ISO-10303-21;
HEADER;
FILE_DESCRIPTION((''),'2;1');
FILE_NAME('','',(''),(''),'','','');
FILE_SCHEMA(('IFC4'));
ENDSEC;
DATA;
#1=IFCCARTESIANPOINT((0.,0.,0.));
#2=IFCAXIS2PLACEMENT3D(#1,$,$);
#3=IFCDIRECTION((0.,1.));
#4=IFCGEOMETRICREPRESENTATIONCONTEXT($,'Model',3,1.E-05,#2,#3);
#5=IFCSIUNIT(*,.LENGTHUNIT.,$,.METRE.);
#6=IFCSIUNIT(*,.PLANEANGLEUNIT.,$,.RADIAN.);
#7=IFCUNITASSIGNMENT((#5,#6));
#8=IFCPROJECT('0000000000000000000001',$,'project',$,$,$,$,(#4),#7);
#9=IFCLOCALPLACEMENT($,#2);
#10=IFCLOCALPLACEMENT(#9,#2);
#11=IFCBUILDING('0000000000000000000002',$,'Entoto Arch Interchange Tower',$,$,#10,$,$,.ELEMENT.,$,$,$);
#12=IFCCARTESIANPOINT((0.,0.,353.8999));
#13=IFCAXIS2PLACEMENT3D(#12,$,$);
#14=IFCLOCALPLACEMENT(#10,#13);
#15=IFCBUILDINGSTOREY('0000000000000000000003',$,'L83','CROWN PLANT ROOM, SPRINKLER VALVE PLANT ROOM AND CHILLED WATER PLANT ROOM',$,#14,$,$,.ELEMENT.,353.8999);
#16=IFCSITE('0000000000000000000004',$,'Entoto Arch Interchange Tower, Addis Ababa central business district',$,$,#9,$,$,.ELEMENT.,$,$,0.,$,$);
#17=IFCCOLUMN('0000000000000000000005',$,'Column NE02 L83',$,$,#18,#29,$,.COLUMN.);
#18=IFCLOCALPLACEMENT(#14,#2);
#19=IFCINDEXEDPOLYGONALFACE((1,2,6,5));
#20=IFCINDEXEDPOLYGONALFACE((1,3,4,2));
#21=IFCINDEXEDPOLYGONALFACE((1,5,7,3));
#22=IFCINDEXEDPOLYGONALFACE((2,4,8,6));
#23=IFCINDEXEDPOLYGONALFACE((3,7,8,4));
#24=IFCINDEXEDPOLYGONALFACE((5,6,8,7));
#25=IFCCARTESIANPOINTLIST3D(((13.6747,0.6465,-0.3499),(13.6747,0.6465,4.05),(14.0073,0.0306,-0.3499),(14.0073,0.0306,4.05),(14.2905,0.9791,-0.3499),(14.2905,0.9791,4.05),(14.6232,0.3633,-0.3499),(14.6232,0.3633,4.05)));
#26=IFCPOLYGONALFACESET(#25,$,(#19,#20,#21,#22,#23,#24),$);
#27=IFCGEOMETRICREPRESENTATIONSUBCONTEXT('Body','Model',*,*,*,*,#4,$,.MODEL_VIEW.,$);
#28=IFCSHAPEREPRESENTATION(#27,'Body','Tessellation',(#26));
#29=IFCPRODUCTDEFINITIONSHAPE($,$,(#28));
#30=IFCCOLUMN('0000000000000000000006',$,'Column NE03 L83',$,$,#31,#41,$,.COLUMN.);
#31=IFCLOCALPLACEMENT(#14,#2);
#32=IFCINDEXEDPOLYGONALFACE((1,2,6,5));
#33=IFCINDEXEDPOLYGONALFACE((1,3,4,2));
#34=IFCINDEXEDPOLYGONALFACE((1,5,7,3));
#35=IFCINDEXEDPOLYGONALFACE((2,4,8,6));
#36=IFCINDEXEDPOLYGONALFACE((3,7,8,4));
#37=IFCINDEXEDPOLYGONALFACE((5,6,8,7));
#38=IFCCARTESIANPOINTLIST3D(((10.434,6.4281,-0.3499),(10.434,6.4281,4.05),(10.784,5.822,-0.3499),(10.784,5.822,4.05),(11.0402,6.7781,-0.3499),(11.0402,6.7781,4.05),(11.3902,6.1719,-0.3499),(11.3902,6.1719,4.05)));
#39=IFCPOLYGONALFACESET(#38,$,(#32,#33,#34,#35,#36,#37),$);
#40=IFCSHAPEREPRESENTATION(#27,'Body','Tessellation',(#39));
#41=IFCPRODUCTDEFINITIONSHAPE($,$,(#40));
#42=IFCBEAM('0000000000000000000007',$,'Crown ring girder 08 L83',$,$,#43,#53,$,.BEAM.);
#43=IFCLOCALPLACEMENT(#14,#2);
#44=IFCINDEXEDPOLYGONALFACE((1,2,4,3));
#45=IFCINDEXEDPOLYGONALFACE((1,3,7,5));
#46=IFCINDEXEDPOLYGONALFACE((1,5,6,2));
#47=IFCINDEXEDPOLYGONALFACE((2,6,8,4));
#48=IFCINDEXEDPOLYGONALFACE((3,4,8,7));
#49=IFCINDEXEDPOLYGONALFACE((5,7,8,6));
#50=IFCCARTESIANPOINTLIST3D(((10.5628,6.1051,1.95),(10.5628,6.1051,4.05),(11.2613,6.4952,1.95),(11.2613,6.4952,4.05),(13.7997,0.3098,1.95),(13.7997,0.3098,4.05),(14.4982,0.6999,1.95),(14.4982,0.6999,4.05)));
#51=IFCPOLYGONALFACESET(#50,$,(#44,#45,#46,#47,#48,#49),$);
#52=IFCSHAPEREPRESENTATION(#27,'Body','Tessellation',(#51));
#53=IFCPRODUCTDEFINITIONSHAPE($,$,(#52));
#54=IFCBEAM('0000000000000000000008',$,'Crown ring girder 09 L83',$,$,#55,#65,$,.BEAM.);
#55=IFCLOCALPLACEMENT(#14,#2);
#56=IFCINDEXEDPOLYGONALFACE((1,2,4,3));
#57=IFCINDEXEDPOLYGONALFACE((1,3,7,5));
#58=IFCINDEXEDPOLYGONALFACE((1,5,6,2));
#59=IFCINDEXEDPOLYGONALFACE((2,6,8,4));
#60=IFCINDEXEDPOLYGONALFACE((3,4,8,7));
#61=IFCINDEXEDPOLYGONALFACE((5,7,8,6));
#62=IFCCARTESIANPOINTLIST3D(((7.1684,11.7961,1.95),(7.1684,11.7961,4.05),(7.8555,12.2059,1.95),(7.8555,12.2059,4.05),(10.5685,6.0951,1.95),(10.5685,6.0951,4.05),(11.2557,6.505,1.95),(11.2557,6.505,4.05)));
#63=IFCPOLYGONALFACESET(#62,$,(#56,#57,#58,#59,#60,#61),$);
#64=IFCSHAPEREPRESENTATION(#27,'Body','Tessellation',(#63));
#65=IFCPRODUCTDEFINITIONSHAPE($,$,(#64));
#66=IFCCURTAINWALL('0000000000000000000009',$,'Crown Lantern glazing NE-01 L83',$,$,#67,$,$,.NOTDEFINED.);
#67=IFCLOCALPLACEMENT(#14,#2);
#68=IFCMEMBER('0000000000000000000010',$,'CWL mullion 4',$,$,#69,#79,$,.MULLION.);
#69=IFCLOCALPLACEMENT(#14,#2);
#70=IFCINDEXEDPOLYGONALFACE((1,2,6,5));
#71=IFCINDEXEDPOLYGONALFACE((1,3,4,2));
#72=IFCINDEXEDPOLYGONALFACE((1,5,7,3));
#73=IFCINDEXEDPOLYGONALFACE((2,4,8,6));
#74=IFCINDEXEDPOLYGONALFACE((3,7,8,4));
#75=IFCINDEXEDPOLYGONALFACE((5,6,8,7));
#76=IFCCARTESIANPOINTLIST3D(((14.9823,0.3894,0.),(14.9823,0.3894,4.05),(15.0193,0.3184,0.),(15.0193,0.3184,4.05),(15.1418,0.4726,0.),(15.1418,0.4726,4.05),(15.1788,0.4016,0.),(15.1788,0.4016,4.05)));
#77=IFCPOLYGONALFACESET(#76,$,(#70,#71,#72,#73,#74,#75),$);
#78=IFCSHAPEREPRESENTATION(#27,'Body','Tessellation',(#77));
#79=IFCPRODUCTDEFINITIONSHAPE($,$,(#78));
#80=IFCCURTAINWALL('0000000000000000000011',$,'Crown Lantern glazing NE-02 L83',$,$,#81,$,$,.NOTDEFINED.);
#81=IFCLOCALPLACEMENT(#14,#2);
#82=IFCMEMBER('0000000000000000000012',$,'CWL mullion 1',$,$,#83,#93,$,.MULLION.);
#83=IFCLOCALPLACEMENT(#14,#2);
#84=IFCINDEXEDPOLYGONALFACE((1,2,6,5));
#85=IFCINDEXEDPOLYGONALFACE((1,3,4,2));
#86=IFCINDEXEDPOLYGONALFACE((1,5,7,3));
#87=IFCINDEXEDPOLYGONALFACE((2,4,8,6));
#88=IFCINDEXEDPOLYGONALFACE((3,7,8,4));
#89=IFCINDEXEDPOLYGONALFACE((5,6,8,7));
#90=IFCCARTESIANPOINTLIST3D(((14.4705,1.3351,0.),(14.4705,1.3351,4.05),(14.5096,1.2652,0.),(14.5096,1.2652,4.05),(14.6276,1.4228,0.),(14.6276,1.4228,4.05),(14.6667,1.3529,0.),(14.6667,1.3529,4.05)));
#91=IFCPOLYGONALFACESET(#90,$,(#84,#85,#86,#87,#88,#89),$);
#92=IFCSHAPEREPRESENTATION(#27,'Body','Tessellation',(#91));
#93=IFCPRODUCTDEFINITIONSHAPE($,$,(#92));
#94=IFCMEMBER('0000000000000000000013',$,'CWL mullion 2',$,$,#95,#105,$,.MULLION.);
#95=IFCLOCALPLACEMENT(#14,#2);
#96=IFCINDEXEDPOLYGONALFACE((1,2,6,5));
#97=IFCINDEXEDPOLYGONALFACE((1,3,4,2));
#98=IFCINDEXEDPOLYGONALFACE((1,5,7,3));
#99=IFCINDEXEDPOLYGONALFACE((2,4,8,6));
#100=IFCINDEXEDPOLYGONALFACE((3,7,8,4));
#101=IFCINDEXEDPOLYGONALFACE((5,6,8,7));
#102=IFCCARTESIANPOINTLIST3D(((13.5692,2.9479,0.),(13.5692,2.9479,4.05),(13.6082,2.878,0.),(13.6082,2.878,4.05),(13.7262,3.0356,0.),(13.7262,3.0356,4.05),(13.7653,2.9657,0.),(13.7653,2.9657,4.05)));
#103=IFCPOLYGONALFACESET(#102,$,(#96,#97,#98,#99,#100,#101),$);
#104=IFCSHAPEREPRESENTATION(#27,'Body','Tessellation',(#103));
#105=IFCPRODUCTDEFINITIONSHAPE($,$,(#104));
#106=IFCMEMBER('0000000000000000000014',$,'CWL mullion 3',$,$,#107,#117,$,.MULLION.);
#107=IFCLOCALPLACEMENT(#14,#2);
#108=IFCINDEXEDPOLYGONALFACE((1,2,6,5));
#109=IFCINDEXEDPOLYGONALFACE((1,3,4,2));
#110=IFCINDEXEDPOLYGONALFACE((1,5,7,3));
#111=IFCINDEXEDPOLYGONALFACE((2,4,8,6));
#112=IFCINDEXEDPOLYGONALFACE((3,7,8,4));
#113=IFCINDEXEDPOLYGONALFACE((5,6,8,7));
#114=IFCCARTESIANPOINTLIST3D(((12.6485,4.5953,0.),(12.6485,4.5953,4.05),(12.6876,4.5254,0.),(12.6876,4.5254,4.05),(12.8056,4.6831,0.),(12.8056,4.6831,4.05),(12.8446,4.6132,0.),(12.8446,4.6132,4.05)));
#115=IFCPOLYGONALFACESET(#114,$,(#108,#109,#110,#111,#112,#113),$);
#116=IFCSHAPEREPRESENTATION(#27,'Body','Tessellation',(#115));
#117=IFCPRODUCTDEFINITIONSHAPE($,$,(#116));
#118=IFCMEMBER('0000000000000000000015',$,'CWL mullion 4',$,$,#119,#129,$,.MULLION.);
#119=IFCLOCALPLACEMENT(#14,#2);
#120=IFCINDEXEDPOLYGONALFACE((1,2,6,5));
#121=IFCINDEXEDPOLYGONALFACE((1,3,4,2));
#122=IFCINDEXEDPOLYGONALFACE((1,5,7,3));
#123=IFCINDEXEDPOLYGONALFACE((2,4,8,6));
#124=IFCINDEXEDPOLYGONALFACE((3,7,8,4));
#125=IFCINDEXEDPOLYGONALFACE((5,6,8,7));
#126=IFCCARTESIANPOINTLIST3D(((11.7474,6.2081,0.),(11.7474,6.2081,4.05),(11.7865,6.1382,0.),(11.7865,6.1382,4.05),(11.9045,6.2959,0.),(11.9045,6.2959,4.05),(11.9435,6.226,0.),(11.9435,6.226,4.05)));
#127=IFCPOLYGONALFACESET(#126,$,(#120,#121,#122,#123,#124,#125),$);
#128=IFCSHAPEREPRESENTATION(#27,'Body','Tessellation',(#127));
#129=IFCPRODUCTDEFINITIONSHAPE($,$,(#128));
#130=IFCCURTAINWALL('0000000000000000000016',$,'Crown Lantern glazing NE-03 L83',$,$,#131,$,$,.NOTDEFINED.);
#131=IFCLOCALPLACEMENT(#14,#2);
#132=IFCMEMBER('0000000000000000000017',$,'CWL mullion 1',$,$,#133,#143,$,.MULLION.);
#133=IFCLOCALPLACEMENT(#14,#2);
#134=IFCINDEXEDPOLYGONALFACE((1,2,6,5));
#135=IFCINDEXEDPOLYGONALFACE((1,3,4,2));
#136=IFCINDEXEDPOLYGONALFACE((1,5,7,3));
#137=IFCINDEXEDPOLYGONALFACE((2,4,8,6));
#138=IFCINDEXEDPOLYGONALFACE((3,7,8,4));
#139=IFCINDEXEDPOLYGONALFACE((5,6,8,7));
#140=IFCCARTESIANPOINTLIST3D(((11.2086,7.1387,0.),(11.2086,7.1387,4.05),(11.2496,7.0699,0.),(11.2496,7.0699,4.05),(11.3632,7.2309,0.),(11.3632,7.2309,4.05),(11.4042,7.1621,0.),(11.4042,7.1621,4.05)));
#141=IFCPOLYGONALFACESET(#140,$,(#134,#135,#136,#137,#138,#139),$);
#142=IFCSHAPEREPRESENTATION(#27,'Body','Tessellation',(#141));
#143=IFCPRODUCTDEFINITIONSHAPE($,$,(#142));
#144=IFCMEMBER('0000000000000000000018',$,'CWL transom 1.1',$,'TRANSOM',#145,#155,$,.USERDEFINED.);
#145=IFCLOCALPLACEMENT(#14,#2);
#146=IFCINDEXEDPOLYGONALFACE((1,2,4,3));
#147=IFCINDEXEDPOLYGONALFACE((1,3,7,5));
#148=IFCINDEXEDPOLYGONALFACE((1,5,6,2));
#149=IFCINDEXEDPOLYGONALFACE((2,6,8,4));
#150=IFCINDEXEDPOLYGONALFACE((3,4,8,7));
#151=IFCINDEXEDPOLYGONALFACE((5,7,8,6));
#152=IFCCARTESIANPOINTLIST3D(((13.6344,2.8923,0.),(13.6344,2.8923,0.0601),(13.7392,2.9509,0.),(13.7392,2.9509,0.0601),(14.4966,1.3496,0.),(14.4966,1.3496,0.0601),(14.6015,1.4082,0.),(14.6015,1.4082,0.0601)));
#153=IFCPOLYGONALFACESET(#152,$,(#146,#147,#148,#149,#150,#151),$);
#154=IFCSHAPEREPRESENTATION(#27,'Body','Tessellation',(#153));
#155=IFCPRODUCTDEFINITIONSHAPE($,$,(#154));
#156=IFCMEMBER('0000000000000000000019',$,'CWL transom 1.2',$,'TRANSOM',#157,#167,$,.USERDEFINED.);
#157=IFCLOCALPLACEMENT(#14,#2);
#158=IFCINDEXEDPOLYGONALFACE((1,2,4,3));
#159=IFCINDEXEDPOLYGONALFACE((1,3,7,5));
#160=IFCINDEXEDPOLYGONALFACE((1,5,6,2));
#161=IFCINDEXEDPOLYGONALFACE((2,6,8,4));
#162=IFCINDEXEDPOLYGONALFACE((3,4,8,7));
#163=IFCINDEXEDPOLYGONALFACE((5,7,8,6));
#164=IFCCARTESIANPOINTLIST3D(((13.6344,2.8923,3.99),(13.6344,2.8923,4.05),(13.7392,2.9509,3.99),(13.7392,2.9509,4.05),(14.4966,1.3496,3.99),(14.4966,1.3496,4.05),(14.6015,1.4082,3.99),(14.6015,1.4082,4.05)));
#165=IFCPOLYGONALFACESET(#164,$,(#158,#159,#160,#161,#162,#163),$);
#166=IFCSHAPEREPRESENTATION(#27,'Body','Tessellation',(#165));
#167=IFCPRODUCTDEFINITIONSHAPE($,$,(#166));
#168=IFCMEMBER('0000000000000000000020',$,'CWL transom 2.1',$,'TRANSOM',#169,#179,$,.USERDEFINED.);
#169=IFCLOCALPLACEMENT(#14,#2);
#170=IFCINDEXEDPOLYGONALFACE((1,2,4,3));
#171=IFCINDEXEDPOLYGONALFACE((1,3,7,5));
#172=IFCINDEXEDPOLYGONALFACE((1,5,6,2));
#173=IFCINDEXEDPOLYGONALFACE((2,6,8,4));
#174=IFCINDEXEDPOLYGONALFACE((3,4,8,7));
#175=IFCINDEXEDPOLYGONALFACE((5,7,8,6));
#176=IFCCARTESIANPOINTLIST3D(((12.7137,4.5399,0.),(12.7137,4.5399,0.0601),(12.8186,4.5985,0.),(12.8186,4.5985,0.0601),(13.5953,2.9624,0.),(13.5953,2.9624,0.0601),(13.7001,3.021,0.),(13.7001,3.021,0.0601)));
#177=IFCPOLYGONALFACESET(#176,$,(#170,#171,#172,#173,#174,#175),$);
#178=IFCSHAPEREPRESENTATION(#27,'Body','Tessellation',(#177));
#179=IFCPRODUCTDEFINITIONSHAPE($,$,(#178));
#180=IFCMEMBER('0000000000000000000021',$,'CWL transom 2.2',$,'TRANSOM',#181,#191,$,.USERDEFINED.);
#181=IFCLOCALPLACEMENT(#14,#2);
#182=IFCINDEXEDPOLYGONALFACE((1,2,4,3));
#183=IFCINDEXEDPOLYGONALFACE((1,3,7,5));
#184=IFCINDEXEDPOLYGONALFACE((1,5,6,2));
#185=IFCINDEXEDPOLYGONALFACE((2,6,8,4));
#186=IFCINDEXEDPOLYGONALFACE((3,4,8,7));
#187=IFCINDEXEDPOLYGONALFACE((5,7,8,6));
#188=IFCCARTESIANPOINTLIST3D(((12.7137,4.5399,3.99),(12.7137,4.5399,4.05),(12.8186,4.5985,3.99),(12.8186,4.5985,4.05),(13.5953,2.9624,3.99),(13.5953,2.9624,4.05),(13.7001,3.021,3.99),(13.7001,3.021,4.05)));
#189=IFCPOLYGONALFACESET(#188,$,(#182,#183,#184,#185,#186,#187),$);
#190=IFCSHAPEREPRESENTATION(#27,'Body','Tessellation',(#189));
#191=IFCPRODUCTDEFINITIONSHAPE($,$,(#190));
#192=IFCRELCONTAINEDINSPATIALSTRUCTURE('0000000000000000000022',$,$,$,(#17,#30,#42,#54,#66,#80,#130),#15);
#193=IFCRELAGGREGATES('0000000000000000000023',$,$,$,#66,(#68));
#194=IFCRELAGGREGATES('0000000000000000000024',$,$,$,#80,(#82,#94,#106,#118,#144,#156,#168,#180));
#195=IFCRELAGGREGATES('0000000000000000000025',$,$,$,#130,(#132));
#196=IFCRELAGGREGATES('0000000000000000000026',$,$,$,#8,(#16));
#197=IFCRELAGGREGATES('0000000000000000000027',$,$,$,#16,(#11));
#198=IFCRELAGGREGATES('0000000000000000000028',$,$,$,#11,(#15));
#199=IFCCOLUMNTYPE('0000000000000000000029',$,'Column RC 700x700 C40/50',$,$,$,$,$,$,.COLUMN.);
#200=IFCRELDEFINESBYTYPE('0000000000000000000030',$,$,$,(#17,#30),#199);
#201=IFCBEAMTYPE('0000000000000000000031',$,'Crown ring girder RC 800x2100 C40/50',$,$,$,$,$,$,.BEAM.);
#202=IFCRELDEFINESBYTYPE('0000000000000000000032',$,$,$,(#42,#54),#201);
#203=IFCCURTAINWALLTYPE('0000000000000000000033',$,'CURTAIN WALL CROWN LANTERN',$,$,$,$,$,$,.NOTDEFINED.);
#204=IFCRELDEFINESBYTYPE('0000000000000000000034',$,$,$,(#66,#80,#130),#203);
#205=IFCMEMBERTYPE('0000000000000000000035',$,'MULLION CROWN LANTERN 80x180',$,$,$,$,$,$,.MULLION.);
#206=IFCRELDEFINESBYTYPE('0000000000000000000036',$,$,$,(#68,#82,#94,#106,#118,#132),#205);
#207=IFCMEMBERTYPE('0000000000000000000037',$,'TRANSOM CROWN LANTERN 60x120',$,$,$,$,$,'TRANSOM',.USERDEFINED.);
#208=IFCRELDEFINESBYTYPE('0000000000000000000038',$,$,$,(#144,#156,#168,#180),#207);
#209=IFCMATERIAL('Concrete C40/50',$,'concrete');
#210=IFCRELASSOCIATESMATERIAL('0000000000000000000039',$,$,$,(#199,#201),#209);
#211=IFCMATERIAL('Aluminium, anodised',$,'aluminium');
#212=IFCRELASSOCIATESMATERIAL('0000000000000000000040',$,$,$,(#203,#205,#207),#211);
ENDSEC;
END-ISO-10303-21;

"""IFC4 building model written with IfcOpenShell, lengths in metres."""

from ifc_helpers import new_model, si_unit, direction, frame, origin, origin_2d, place, context, subcontext, project, spatial, rectangle, extrude, material, material_profile, profile_set, type_object, element, aggregate, save


model = new_model("IFC4")

# Units and contexts
model_context = context("Model", 3, precision=1e-05, world=origin(), true_north=direction((0.0, 1.0)))
body_context = subcontext(model_context, "Body", "Model", "MODEL_VIEW")
ifc_project = project(units=[si_unit("LENGTHUNIT", "METRE"), si_unit("PLANEANGLEUNIT", "RADIAN")], contexts=[model_context])

# Site, building, storey
site_placement = place(None, origin())
site = spatial("IfcSite", under=ifc_project, at=site_placement, Name="Entoto Arch Interchange Tower, Addis Ababa central business district", CompositionType="ELEMENT", RefElevation=0.0)
building_placement = place(site_placement, origin())
building = spatial("IfcBuilding", under=site, at=building_placement, Name="Entoto Arch Interchange Tower", CompositionType="ELEMENT")
storey_placement = place(building_placement, frame((0.0, 0.0, 353.8999)))
storey = spatial("IfcBuildingStorey", under=building, at=storey_placement, Name="L83", Description="CROWN PLANT ROOM, SPRINKLER VALVE PLANT ROOM AND CHILLED WATER PLANT ROOM", CompositionType="ELEMENT", Elevation=353.8999)

# Columns
ifc_material_1 = material(Name="Concrete C40/50", Category="concrete")
ifc_material_profile_1 = material_profile(ifc_material_1, rectangle(XDim=0.7, YDim=0.7, at=origin_2d()))
ifc_profile_set_1 = profile_set([ifc_material_profile_1], Name="Concrete C40/50")
column_type = type_object("IfcColumnType", Name="Column RC 700x700 C40/50", PredefinedType="COLUMN", material=ifc_profile_set_1)
for number, where, z_axis, x_axis, name in (
    (1, (14.1489, 0.5049, -0.3499), (0.0, 0.0, 1.0), (-0.475225, 0.879864, 0.0), "Column NE02 L83"),
    (2, (10.9121, 6.3, -0.3499), (0.0, 0.0, 1.0), (-0.5, 0.866025, 0.0), "Column NE03 L83"),
):
    element("IfcColumn", number, at=place(storey_placement, frame(where, z_axis=z_axis, x_axis=x_axis)), inside=storey, type_object=column_type, Name=name, PredefinedType="COLUMN", context=body_context, shape_type="SweptSolid", body=[
        extrude(rectangle(XDim=0.7, YDim=0.7, at=origin_2d()), origin(), (0.0, 0.0, 1.0), 4.3999),
    ])

# Beams
ifc_material_profile_2 = material_profile(ifc_material_1, rectangle(XDim=0.8, YDim=2.1001, at=origin_2d()))
ifc_profile_set_2 = profile_set([ifc_material_profile_2], Name="Concrete C40/50")
beam_type = type_object("IfcBeamType", Name="Crown ring girder RC 800x2100 C40/50", PredefinedType="BEAM", material=ifc_profile_set_2)
for number, where, z_axis, x_axis, name in (
    (3, (14.1489, 0.5049, 3.0), (-0.487631, 0.87305, 0.0), (-0.87305, -0.487631, 0.0), "Crown ring girder 08 L83"),
    (4, (10.9121, 6.3, 3.0), (-0.512233, 0.858846, 0.0), (-0.858846, -0.512233, 0.0), "Crown ring girder 09 L83"),
):
    element("IfcBeam", number, at=place(storey_placement, frame(where, z_axis=z_axis, x_axis=x_axis)), inside=storey, type_object=beam_type, Name=name, PredefinedType="BEAM", context=body_context, shape_type="SweptSolid", body=[
        extrude(rectangle(XDim=0.8, YDim=2.1001, at=origin_2d()), origin(), (0.0, 0.0, 1.0), 6.6379),
    ])

# Curtain wall, member
ifc_material_2 = material(Name="Aluminium, anodised", Category="aluminium")
curtain_wall_type = type_object("IfcCurtainWallType", Name="CURTAIN WALL CROWN LANTERN", PredefinedType="NOTDEFINED", material=ifc_material_2)
curtain_wall_1_placement = place(storey_placement, origin())
curtain_wall_1 = element("IfcCurtainWall", 5, at=curtain_wall_1_placement, inside=storey, type_object=curtain_wall_type, Name="Crown Lantern glazing NE-01 L83", PredefinedType="NOTDEFINED")
ifc_material_profile_3 = material_profile(ifc_material_2, rectangle(XDim=0.1799, YDim=0.0801, at=origin_2d()))
ifc_profile_set_3 = profile_set([ifc_material_profile_3], Name="Aluminium, anodised")
member_type_1 = type_object("IfcMemberType", Name="MULLION CROWN LANTERN 80x180", PredefinedType="MULLION", material=ifc_profile_set_3)
member_1_placement = place(storey_placement, frame((15.0806, 0.3955, 0.0), z_axis=(0.0, 0.0, 1.0), x_axis=(-0.88649, -0.462749, 0.0)))
member_1 = element("IfcMember", 6, at=member_1_placement, type_object=member_type_1, Name="CWL mullion 4", PredefinedType="MULLION", context=body_context, shape_type="SweptSolid", body=[
    extrude(rectangle(XDim=0.1799, YDim=0.0801, at=origin_2d()), origin(), (0.0, 0.0, 1.0), 4.05),
])
aggregate(curtain_wall_1, [member_1])

# Curtain wall, members
curtain_wall_2_placement = place(storey_placement, origin())
curtain_wall_2 = element("IfcCurtainWall", 7, at=curtain_wall_2_placement, inside=storey, type_object=curtain_wall_type, Name="Crown Lantern glazing NE-02 L83", PredefinedType="NOTDEFINED")
member_2_placement = place(storey_placement, frame((14.5686, 1.344, 0.0), z_axis=(0.0, 0.0, 1.0), x_axis=(-0.872963, -0.487786, 0.0)))
member_2 = element("IfcMember", 8, at=member_2_placement, type_object=member_type_1, Name="CWL mullion 1", PredefinedType="MULLION", context=body_context, shape_type="SweptSolid", body=[
    extrude(rectangle(XDim=0.1799, YDim=0.0801, at=origin_2d()), origin(), (0.0, 0.0, 1.0), 4.05),
])
member_3_placement = place(storey_placement, frame((13.6672, 2.9568, 0.0), z_axis=(0.0, 0.0, 1.0), x_axis=(-0.872963, -0.487786, 0.0)))
member_3 = element("IfcMember", 9, at=member_3_placement, type_object=member_type_1, Name="CWL mullion 2", PredefinedType="MULLION", context=body_context, shape_type="SweptSolid", body=[
    extrude(rectangle(XDim=0.1799, YDim=0.0801, at=origin_2d()), origin(), (0.0, 0.0, 1.0), 4.05),
])
member_4_placement = place(storey_placement, frame((12.7466, 4.6042, 0.0), z_axis=(0.0, 0.0, 1.0), x_axis=(-0.872963, -0.487786, 0.0)))
member_4 = element("IfcMember", 10, at=member_4_placement, type_object=member_type_1, Name="CWL mullion 3", PredefinedType="MULLION", context=body_context, shape_type="SweptSolid", body=[
    extrude(rectangle(XDim=0.1799, YDim=0.0801, at=origin_2d()), origin(), (0.0, 0.0, 1.0), 4.05),
])
member_5_placement = place(storey_placement, frame((11.8455, 6.217, 0.0), z_axis=(0.0, 0.0, 1.0), x_axis=(-0.872963, -0.487786, 0.0)))
member_5 = element("IfcMember", 11, at=member_5_placement, type_object=member_type_1, Name="CWL mullion 4", PredefinedType="MULLION", context=body_context, shape_type="SweptSolid", body=[
    extrude(rectangle(XDim=0.1799, YDim=0.0801, at=origin_2d()), origin(), (0.0, 0.0, 1.0), 4.05),
])

# Curtain wall, member
curtain_wall_3_placement = place(storey_placement, origin())
curtain_wall_3 = element("IfcCurtainWall", 12, at=curtain_wall_3_placement, inside=storey, type_object=curtain_wall_type, Name="Crown Lantern glazing NE-03 L83", PredefinedType="NOTDEFINED")
member_6_placement = place(storey_placement, frame((11.3064, 7.1504, 0.0), z_axis=(0.0, 0.0, 1.0), x_axis=(-0.858877, -0.512182, 0.0)))
member_6 = element("IfcMember", 13, at=member_6_placement, type_object=member_type_1, Name="CWL mullion 1", PredefinedType="MULLION", context=body_context, shape_type="SweptSolid", body=[
    extrude(rectangle(XDim=0.1799, YDim=0.0801, at=origin_2d()), origin(), (0.0, 0.0, 1.0), 4.05),
])

# Members
ifc_material_profile_4 = material_profile(ifc_material_2, rectangle(XDim=0.1201, YDim=0.0601, at=origin_2d()))
ifc_profile_set_4 = profile_set([ifc_material_profile_4], Name="Aluminium, anodised")
member_type_2 = type_object("IfcMemberType", Name="TRANSOM CROWN LANTERN 60x120", ElementType="TRANSOM", PredefinedType="USERDEFINED", material=ifc_profile_set_4)
member_7_placement = place(storey_placement, frame((14.5491, 1.3789, 0.03), z_axis=(-0.487905, 0.872897, 0.0), x_axis=(-0.872897, -0.487905, 0.0)))
member_7 = element("IfcMember", 14, at=member_7_placement, type_object=member_type_2, Name="CWL transom 1.1", ObjectType="TRANSOM", PredefinedType="USERDEFINED", context=body_context, shape_type="SweptSolid", body=[
    extrude(rectangle(XDim=0.1201, YDim=0.0601, at=origin_2d()), origin(), (0.0, 0.0, 1.0), 1.7673),
])
member_8_placement = place(storey_placement, frame((14.5491, 1.3789, 4.02), z_axis=(-0.487905, 0.872897, 0.0), x_axis=(-0.872897, -0.487905, 0.0)))
member_8 = element("IfcMember", 15, at=member_8_placement, type_object=member_type_2, Name="CWL transom 1.2", ObjectType="TRANSOM", PredefinedType="USERDEFINED", context=body_context, shape_type="SweptSolid", body=[
    extrude(rectangle(XDim=0.1201, YDim=0.0601, at=origin_2d()), origin(), (0.0, 0.0, 1.0), 1.7673),
])
member_9_placement = place(storey_placement, frame((13.6477, 2.9917, 0.03), z_axis=(-0.487809, 0.87295, 0.0), x_axis=(-0.87295, -0.487809, 0.0)))
member_9 = element("IfcMember", 16, at=member_9_placement, type_object=member_type_2, Name="CWL transom 2.1", ObjectType="TRANSOM", PredefinedType="USERDEFINED", context=body_context, shape_type="SweptSolid", body=[
    extrude(rectangle(XDim=0.1201, YDim=0.0601, at=origin_2d()), origin(), (0.0, 0.0, 1.0), 1.8071),
])
member_10_placement = place(storey_placement, frame((13.6477, 2.9917, 4.02), z_axis=(-0.487809, 0.87295, 0.0), x_axis=(-0.87295, -0.487809, 0.0)))
member_10 = element("IfcMember", 17, at=member_10_placement, type_object=member_type_2, Name="CWL transom 2.2", ObjectType="TRANSOM", PredefinedType="USERDEFINED", context=body_context, shape_type="SweptSolid", body=[
    extrude(rectangle(XDim=0.1201, YDim=0.0601, at=origin_2d()), origin(), (0.0, 0.0, 1.0), 1.8071),
])

aggregate(curtain_wall_2, [member_2, member_3, member_4, member_5, member_7, member_8, member_9, member_10])
aggregate(curtain_wall_3, [member_6])

save(model, "model.ifc")
